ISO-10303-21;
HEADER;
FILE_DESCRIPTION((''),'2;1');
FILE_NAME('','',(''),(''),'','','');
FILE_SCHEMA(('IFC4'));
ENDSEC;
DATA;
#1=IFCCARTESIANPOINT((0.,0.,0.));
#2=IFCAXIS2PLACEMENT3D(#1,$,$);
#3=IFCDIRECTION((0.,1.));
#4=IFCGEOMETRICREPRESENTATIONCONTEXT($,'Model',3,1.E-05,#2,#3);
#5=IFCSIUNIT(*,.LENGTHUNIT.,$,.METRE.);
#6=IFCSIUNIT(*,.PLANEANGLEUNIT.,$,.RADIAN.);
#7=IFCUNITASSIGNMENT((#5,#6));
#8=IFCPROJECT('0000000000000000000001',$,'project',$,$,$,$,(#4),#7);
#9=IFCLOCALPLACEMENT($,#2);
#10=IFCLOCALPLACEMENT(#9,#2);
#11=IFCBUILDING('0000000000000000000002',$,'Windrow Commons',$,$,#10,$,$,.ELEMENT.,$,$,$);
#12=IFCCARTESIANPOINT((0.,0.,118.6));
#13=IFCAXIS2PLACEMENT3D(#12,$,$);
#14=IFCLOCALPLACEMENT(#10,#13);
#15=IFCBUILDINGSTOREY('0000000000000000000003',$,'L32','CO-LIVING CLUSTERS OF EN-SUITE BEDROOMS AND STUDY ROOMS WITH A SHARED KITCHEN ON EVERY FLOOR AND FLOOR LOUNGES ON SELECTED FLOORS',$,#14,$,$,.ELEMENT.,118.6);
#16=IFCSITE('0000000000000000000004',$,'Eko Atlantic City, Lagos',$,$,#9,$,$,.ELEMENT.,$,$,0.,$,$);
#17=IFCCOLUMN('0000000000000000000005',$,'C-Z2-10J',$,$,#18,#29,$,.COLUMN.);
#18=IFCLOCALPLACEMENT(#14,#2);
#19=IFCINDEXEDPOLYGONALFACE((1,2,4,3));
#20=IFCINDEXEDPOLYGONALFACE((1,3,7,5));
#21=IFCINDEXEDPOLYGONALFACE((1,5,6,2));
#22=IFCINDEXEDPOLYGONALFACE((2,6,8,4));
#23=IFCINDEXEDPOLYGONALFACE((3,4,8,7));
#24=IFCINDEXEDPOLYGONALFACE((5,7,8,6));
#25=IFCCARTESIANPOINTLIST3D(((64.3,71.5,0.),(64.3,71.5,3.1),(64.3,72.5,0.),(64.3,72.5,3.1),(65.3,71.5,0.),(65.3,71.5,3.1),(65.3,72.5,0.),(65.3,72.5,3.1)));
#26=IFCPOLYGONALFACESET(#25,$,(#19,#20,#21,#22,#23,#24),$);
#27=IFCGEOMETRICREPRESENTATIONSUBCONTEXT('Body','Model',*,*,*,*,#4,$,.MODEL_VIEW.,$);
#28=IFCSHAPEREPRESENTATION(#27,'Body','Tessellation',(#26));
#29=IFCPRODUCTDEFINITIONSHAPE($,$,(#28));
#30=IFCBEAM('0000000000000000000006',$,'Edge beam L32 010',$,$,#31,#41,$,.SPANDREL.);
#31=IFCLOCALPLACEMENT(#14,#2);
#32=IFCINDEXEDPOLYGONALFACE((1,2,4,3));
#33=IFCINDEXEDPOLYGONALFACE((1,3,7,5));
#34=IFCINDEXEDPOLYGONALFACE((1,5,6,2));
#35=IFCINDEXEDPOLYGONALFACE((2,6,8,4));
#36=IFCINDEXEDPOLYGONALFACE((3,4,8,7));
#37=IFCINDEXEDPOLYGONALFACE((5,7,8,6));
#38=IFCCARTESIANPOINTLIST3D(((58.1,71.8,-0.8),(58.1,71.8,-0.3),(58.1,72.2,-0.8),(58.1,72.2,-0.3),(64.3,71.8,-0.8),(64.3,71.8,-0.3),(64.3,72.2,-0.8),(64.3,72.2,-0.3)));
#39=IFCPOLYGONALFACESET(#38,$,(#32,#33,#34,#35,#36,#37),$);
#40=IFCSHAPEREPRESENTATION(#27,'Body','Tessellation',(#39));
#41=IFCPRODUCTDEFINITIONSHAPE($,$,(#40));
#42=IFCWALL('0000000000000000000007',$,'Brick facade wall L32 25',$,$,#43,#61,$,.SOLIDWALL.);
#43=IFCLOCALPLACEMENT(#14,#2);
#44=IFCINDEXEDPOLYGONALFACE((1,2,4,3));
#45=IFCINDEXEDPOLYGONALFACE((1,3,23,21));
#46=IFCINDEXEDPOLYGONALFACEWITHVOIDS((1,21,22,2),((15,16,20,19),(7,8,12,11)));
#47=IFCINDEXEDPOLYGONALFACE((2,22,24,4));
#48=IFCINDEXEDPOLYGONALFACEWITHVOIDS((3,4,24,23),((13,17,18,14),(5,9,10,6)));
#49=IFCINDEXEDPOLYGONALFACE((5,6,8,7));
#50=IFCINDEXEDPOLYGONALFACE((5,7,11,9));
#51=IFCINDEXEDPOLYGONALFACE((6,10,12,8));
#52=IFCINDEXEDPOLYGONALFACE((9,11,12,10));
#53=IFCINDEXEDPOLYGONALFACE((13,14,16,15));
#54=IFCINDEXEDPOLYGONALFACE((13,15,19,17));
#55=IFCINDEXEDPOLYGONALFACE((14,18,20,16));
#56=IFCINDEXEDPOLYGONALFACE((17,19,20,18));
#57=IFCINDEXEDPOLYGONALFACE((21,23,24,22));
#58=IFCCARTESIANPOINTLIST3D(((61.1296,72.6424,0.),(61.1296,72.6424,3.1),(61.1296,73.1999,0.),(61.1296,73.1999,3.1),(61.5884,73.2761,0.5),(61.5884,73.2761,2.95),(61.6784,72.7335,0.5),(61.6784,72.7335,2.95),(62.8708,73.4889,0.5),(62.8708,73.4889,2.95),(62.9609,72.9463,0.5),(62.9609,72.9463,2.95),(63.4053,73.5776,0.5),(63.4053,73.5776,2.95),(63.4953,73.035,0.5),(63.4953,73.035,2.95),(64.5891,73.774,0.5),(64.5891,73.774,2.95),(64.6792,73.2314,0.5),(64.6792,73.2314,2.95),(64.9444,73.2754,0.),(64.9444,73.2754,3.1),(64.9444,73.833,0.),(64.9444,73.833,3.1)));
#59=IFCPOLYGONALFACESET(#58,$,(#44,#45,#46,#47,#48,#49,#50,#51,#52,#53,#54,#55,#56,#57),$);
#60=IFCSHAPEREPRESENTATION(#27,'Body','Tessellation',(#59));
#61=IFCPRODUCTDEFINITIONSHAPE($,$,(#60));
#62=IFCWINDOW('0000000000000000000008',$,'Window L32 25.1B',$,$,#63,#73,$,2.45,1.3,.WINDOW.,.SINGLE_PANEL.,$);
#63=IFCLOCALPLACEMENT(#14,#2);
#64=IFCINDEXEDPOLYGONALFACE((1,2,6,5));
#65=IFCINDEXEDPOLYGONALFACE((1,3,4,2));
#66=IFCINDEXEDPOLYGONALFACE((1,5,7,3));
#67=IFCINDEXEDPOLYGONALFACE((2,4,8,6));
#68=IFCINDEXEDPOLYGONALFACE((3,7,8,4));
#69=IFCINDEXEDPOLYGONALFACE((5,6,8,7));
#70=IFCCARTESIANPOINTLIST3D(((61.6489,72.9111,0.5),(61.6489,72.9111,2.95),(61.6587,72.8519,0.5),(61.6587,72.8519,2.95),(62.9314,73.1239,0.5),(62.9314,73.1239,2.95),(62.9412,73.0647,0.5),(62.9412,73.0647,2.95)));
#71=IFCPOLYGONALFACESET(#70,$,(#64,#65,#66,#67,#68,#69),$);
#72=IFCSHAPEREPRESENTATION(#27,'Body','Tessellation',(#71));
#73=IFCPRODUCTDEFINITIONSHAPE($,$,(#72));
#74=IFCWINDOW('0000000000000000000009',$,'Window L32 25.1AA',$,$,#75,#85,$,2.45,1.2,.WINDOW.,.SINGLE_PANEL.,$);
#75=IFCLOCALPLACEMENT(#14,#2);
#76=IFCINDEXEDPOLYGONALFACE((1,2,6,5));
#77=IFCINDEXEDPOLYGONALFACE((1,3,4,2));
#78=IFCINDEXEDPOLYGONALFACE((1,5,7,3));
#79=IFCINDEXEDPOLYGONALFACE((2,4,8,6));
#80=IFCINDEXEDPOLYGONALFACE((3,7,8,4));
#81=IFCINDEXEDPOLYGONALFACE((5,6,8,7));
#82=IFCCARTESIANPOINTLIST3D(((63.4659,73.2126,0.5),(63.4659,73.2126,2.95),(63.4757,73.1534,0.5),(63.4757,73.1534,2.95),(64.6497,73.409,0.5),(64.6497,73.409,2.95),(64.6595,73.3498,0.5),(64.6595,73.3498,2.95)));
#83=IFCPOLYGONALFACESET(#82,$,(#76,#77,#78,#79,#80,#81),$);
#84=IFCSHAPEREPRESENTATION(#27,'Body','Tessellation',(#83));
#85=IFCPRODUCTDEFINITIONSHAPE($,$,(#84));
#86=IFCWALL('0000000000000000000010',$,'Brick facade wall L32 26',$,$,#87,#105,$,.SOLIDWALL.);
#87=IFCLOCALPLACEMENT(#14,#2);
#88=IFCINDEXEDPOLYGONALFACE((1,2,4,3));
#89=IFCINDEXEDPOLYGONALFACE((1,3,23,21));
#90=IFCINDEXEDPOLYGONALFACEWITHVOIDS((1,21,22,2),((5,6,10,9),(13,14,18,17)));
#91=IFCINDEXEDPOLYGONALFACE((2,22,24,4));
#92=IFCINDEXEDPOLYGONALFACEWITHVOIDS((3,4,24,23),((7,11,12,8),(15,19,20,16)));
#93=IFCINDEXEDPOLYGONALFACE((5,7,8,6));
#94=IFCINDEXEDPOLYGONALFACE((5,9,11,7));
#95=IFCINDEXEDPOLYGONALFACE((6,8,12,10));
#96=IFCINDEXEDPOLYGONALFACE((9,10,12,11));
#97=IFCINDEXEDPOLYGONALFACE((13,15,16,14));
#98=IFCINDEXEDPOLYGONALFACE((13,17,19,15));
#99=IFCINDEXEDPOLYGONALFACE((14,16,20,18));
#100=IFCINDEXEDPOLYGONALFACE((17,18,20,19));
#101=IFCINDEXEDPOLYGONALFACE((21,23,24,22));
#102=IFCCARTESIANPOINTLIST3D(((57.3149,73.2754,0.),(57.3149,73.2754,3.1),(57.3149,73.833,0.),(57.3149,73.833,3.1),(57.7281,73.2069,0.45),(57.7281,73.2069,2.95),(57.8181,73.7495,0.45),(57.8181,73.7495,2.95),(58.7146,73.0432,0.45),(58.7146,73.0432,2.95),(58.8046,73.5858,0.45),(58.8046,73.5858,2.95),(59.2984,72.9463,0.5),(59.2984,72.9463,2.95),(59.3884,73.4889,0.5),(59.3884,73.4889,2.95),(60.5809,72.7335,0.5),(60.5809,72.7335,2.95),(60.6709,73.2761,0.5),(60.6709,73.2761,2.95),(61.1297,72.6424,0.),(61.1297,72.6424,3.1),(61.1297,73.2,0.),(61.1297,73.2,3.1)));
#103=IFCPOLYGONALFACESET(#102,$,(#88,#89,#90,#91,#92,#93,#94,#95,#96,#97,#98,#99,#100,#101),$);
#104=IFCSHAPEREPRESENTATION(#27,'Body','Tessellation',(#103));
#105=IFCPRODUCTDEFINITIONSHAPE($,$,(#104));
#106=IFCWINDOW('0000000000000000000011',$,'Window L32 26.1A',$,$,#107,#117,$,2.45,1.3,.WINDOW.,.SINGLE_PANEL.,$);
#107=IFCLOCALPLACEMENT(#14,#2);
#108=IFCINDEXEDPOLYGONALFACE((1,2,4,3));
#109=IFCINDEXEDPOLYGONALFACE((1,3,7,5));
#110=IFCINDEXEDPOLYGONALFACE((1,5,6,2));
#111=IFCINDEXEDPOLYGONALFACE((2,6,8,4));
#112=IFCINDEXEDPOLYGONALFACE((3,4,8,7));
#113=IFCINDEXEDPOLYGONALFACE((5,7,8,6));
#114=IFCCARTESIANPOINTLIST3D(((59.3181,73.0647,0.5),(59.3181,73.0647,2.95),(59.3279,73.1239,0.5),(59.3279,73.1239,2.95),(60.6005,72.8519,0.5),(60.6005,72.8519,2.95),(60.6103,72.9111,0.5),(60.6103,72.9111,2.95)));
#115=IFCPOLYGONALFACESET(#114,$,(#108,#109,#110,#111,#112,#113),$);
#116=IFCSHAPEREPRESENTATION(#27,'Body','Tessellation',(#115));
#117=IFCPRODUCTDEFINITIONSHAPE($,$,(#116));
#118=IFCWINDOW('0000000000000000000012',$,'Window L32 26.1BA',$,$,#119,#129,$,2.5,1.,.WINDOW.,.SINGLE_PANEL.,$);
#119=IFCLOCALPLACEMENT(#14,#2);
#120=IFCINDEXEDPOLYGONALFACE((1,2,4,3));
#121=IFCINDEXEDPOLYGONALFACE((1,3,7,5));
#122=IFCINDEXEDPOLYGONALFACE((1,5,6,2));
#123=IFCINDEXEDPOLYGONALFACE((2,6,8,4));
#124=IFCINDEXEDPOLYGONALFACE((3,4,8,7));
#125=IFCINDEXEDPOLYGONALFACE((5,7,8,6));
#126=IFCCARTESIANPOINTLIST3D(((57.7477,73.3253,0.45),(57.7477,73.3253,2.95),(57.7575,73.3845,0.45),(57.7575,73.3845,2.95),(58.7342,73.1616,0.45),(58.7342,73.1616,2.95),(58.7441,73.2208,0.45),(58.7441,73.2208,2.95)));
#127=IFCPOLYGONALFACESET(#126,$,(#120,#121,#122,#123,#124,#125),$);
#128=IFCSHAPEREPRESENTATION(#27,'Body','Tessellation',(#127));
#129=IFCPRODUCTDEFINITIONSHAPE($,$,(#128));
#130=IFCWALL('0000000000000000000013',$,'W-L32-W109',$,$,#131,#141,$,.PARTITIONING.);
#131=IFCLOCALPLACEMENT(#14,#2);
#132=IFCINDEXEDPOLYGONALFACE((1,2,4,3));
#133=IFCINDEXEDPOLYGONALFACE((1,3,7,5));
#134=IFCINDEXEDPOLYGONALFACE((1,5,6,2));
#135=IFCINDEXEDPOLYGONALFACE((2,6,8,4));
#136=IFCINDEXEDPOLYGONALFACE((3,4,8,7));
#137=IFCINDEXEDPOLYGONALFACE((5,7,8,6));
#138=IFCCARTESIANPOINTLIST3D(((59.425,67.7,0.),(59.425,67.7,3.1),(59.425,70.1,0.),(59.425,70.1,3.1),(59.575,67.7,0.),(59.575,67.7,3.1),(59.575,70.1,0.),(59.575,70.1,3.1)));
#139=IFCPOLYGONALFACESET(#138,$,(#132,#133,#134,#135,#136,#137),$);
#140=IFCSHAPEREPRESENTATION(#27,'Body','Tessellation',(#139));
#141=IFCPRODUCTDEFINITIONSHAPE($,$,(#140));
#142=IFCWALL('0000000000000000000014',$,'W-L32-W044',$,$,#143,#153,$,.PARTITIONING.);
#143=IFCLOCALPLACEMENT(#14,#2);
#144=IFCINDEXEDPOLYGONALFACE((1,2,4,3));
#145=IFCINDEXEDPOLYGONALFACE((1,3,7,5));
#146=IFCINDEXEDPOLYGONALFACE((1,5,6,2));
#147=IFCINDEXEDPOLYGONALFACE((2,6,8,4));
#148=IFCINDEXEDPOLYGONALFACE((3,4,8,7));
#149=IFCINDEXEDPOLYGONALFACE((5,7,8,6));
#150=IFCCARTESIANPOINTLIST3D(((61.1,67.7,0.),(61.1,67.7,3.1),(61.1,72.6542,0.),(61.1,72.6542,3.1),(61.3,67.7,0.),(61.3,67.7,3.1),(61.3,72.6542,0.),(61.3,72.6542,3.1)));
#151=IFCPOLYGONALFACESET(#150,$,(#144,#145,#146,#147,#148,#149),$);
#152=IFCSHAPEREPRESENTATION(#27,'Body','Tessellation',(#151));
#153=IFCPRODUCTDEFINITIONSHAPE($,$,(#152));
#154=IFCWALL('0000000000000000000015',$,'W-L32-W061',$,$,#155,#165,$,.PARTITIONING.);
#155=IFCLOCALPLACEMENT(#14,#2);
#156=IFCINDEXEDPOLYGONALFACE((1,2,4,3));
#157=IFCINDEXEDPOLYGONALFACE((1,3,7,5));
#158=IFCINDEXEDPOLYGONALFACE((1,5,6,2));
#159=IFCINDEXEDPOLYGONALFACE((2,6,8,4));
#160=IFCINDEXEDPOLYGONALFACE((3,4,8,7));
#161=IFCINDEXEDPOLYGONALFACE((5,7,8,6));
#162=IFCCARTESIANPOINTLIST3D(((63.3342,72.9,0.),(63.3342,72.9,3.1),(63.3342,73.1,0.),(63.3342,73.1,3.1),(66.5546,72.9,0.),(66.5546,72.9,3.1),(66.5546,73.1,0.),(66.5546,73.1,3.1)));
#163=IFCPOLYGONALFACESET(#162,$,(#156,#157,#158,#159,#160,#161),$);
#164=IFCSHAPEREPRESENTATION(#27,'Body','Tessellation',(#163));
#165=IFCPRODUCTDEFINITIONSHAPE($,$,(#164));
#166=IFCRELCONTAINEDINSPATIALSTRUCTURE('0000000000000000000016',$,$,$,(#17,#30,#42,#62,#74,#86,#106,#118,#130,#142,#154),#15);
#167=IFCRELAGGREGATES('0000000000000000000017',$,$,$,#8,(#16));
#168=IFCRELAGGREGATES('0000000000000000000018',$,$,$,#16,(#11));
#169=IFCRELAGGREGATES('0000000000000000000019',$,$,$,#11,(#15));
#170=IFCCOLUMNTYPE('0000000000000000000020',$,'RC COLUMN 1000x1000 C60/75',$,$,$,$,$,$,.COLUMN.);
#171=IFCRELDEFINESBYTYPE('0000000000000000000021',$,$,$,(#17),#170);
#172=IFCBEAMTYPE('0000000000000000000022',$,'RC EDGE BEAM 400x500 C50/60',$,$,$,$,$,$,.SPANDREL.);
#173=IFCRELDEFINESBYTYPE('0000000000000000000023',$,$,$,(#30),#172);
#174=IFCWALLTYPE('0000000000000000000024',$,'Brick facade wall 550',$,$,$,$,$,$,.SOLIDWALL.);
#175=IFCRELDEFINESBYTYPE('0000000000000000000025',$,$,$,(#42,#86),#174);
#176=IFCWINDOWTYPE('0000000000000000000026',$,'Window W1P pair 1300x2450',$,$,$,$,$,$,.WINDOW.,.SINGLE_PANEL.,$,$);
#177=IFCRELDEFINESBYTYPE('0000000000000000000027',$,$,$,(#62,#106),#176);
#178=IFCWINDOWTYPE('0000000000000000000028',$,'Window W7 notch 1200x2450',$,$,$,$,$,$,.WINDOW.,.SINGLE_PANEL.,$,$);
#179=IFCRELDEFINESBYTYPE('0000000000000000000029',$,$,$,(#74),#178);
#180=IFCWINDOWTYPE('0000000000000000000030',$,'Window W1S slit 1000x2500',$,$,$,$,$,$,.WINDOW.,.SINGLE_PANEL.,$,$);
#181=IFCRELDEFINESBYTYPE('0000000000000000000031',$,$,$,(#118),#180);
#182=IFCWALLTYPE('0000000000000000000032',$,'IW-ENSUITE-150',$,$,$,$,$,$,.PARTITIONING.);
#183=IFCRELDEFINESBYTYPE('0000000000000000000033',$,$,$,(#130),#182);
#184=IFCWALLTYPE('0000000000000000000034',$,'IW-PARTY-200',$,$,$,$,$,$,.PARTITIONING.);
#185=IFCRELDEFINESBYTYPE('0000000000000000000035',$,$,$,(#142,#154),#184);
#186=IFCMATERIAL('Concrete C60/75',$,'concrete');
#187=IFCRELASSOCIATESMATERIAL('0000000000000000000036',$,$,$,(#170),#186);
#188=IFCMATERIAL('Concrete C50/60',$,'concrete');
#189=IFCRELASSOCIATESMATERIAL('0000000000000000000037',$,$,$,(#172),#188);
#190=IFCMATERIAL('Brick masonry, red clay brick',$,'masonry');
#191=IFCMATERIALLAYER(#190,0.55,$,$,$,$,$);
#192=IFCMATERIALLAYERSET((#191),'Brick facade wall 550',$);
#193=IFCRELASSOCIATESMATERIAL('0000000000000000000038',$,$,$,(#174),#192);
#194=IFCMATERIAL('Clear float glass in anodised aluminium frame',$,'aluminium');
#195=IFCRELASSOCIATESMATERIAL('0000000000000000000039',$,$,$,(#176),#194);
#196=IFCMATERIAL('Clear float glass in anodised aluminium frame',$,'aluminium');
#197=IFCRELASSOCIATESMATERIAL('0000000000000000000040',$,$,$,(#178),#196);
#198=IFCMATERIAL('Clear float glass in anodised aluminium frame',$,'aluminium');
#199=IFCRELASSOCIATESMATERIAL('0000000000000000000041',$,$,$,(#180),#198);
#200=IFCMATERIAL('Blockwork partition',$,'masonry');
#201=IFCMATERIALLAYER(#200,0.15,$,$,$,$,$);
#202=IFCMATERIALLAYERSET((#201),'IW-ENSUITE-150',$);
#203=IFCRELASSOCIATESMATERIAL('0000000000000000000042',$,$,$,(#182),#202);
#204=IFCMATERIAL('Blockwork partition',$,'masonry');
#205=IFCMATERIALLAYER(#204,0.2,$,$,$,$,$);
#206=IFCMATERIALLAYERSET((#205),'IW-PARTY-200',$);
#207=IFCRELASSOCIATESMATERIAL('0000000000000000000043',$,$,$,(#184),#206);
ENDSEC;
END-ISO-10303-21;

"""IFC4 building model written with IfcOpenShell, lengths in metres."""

from ifc_helpers import new_model, si_unit, direction, frame, frame_2d, origin, origin_2d, place, context, subcontext, project, spatial, polyline, rectangle, outline, extrude, material, layer, layer_set, material_profile, profile_set, type_object, element, fill, save


model = new_model("IFC4")

# Units and contexts
model_context = context("Model", 3, precision=1e-05, world=origin(), true_north=direction((0.0, 1.0)))
body_context = subcontext(model_context, "Body", "Model", "MODEL_VIEW")
ifc_project = project(units=[si_unit("LENGTHUNIT", "METRE"), si_unit("PLANEANGLEUNIT", "RADIAN")], contexts=[model_context])

# Site, building, storey
site_placement = place(None, origin())
site = spatial("IfcSite", under=ifc_project, at=site_placement, Name="Eko Atlantic City, Lagos", CompositionType="ELEMENT", RefElevation=0.0)
building_placement = place(site_placement, origin())
building = spatial("IfcBuilding", under=site, at=building_placement, Name="Windrow Commons", CompositionType="ELEMENT")
storey_placement = place(building_placement, frame((0.0, 0.0, 118.6)))
storey = spatial("IfcBuildingStorey", under=building, at=storey_placement, Name="L32", Description="CO-LIVING CLUSTERS OF EN-SUITE BEDROOMS AND STUDY ROOMS WITH A SHARED KITCHEN ON EVERY FLOOR AND FLOOR LOUNGES ON SELECTED FLOORS", CompositionType="ELEMENT", Elevation=118.6)

# Column
ifc_material_1 = material(Name="Concrete C60/75", Category="concrete")
ifc_material_profile_1 = material_profile(ifc_material_1, rectangle(XDim=1.0, YDim=1.0, at=origin_2d()))
ifc_profile_set_1 = profile_set([ifc_material_profile_1], Name="Concrete C60/75")
column_type = type_object("IfcColumnType", Name="RC COLUMN 1000x1000 C60/75", PredefinedType="COLUMN", material=ifc_profile_set_1)
column_placement = place(storey_placement, frame((64.8, 72.0, 0.0), z_axis=(0.0, 0.0, 1.0), x_axis=(1.0, 0.0, 0.0)))
element("IfcColumn", 1, at=column_placement, inside=storey, type_object=column_type, Name="C-Z2-10J", PredefinedType="COLUMN", context=body_context, shape_type="SweptSolid", body=[
    extrude(rectangle(XDim=1.0, YDim=1.0, at=origin_2d()), origin(), (0.0, 0.0, 1.0), 3.1),
])

# Beam
ifc_material_2 = material(Name="Concrete C50/60", Category="concrete")
ifc_material_profile_2 = material_profile(ifc_material_2, rectangle(XDim=0.4, YDim=0.5, at=origin_2d()))
ifc_profile_set_2 = profile_set([ifc_material_profile_2], Name="Concrete C50/60")
beam_type = type_object("IfcBeamType", Name="RC EDGE BEAM 400x500 C50/60", PredefinedType="SPANDREL", material=ifc_profile_set_2)
beam_placement = place(storey_placement, frame((58.1, 72.0, -0.55), z_axis=(1.0, 0.0, 0.0), x_axis=(0.0, 1.0, 0.0)))
element("IfcBeam", 2, at=beam_placement, inside=storey, type_object=beam_type, Name="Edge beam L32 010", PredefinedType="SPANDREL", context=body_context, shape_type="SweptSolid", body=[
    extrude(rectangle(XDim=0.4, YDim=0.5, at=origin_2d()), origin(), (0.0, 0.0, 1.0), 6.2),
])

# Walls, openings, windows
ifc_material_3 = material(Name="Brick masonry, red clay brick", Category="masonry")
ifc_layer_1 = layer(ifc_material_3, 0.55)
ifc_layer_set_1 = layer_set([ifc_layer_1], Name="Brick facade wall 550")
wall_type_1 = type_object("IfcWallType", Name="Brick facade wall 550", PredefinedType="SOLIDWALL", material=ifc_layer_set_1)
wall_1_placement = place(storey_placement, frame((64.9444, 73.5542, 0.0), z_axis=(0.0, 0.0, 1.0), x_axis=(-0.98651, -0.163699, 0.0)))
wall_1 = element("IfcWall", 3, at=wall_1_placement, inside=storey, type_object=wall_type_1, Name="Brick facade wall L32 25", PredefinedType="SOLIDWALL", context=body_context, shape_type="SweptSolid", body=[
    extrude(outline(polyline([(-0.0456, -0.275), (3.8213, -0.275), (3.9126, 0.275), (0.0456, 0.275), (-0.0456, -0.275)])), origin(), (0.0, 0.0, 1.0), 3.1),
])
opening_1_placement = place(wall_1_placement, frame((2.0563, 0.0, 0.5)))
opening_1 = element("IfcOpeningElement", 4, at=opening_1_placement, cuts=wall_1, PredefinedType="OPENING", context=body_context, shape_type="SweptSolid", body=[
    extrude(rectangle(XDim=1.3, YDim=2.45, at=frame_2d((0.65, 1.225))), frame((0.0, 0.285, 0.0), z_axis=(0.0, -1.0, 0.0), x_axis=(1.0, 0.0, 0.0)), (0.0, 0.0, 1.0), 0.57),
])
opening_2_placement = place(wall_1_placement, frame((0.3145, 0.0, 0.5)))
opening_2 = element("IfcOpeningElement", 5, at=opening_2_placement, cuts=wall_1, PredefinedType="OPENING", context=body_context, shape_type="SweptSolid", body=[
    extrude(rectangle(XDim=1.2, YDim=2.45, at=frame_2d((0.6, 1.225))), frame((0.0, 0.285, 0.0), z_axis=(0.0, -1.0, 0.0), x_axis=(1.0, 0.0, 0.0)), (0.0, 0.0, 1.0), 0.57),
])
ifc_material_4 = material(Name="Clear float glass in anodised aluminium frame", Category="aluminium")
window_type_1 = type_object("IfcWindowType", Name="Window W1P pair 1300x2450", PartitioningType="SINGLE_PANEL", PredefinedType="WINDOW", material=ifc_material_4)
window_1_placement = place(opening_1_placement, origin())
window_1 = element("IfcWindow", 6, at=window_1_placement, inside=storey, type_object=window_type_1, Name="Window L32 25.1B", OverallHeight=2.45, OverallWidth=1.3, PartitioningType="SINGLE_PANEL", PredefinedType="WINDOW", context=body_context, shape_type="SweptSolid", body=[
    extrude(rectangle(XDim=1.3, YDim=2.45, at=frame_2d((0.65, 1.225))), frame((0.0, 0.155, 0.0), z_axis=(0.0, -1.0, 0.0), x_axis=(1.0, 0.0, 0.0)), (0.0, 0.0, 1.0), 0.06),
])
fill(opening_1, window_1)
ifc_material_5 = material(Name="Clear float glass in anodised aluminium frame", Category="aluminium")
window_type_2 = type_object("IfcWindowType", Name="Window W7 notch 1200x2450", PartitioningType="SINGLE_PANEL", PredefinedType="WINDOW", material=ifc_material_5)
window_2_placement = place(opening_2_placement, origin())
window_2 = element("IfcWindow", 7, at=window_2_placement, inside=storey, type_object=window_type_2, Name="Window L32 25.1AA", OverallHeight=2.45, OverallWidth=1.2, PartitioningType="SINGLE_PANEL", PredefinedType="WINDOW", context=body_context, shape_type="SweptSolid", body=[
    extrude(rectangle(XDim=1.2, YDim=2.45, at=frame_2d((0.6, 1.225))), frame((0.0, 0.155, 0.0), z_axis=(0.0, -1.0, 0.0), x_axis=(1.0, 0.0, 0.0)), (0.0, 0.0, 1.0), 0.06),
])
fill(opening_2, window_2)
wall_2_placement = place(storey_placement, frame((61.1297, 72.9212, 0.0), z_axis=(0.0, 0.0, 1.0), x_axis=(-0.986511, 0.163694, 0.0)))
wall_2 = element("IfcWall", 8, at=wall_2_placement, inside=storey, type_object=wall_type_1, Name="Brick facade wall L32 26", PredefinedType="SOLIDWALL", context=body_context, shape_type="SweptSolid", body=[
    extrude(outline(polyline([(0.0456, -0.275), (3.9126, -0.275), (3.8213, 0.275), (-0.0456, 0.275), (0.0456, -0.275)])), origin(), (0.0, 0.0, 1.0), 3.1),
])
opening_3_placement = place(wall_2_placement, frame((0.5107, 0.0, 0.5)))
opening_3 = element("IfcOpeningElement", 9, at=opening_3_placement, cuts=wall_2, PredefinedType="OPENING", context=body_context, shape_type="SweptSolid", body=[
    extrude(rectangle(XDim=1.3, YDim=2.45, at=frame_2d((0.65, 1.225))), frame((0.0, 0.285, 0.0), z_axis=(0.0, -1.0, 0.0), x_axis=(1.0, 0.0, 0.0)), (0.0, 0.0, 1.0), 0.57),
])
opening_4_placement = place(wall_2_placement, frame((2.4025, 0.0, 0.45)))
opening_4 = element("IfcOpeningElement", 10, at=opening_4_placement, cuts=wall_2, PredefinedType="OPENING", context=body_context, shape_type="SweptSolid", body=[
    extrude(rectangle(XDim=1.0, YDim=2.5, at=frame_2d((0.5, 1.25))), frame((0.0, 0.285, 0.0), z_axis=(0.0, -1.0, 0.0), x_axis=(1.0, 0.0, 0.0)), (0.0, 0.0, 1.0), 0.57),
])
window_3_placement = place(opening_3_placement, origin())
window_3 = element("IfcWindow", 11, at=window_3_placement, inside=storey, type_object=window_type_1, Name="Window L32 26.1A", OverallHeight=2.45, OverallWidth=1.3, PartitioningType="SINGLE_PANEL", PredefinedType="WINDOW", context=body_context, shape_type="SweptSolid", body=[
    extrude(rectangle(XDim=1.3, YDim=2.45, at=frame_2d((0.65, 1.225))), frame((0.0, 0.155, 0.0), z_axis=(0.0, -1.0, 0.0), x_axis=(1.0, 0.0, 0.0)), (0.0, 0.0, 1.0), 0.06),
])
fill(opening_3, window_3)
ifc_material_6 = material(Name="Clear float glass in anodised aluminium frame", Category="aluminium")
window_type_3 = type_object("IfcWindowType", Name="Window W1S slit 1000x2500", PartitioningType="SINGLE_PANEL", PredefinedType="WINDOW", material=ifc_material_6)
window_4_placement = place(opening_4_placement, origin())
window_4 = element("IfcWindow", 12, at=window_4_placement, inside=storey, type_object=window_type_3, Name="Window L32 26.1BA", OverallHeight=2.5, OverallWidth=1.0, PartitioningType="SINGLE_PANEL", PredefinedType="WINDOW", context=body_context, shape_type="SweptSolid", body=[
    extrude(rectangle(XDim=1.0, YDim=2.5, at=frame_2d((0.5, 1.25))), frame((0.0, 0.155, 0.0), z_axis=(0.0, -1.0, 0.0), x_axis=(1.0, 0.0, 0.0)), (0.0, 0.0, 1.0), 0.06),
])
fill(opening_4, window_4)

# Walls
ifc_material_7 = material(Name="Blockwork partition", Category="masonry")
ifc_layer_2 = layer(ifc_material_7, 0.15)
ifc_layer_set_2 = layer_set([ifc_layer_2], Name="IW-ENSUITE-150")
wall_type_2 = type_object("IfcWallType", Name="IW-ENSUITE-150", PredefinedType="PARTITIONING", material=ifc_layer_set_2)
wall_3_placement = place(storey_placement, frame((59.5, 67.7, 0.0), z_axis=(0.0, 0.0, 1.0), x_axis=(0.0, 1.0, 0.0)))
element("IfcWall", 13, at=wall_3_placement, inside=storey, type_object=wall_type_2, Name="W-L32-W109", PredefinedType="PARTITIONING", context=body_context, shape_type="SweptSolid", body=[
    extrude(rectangle(XDim=2.4, YDim=0.15, at=frame_2d((1.2, 0.0))), origin(), (0.0, 0.0, 1.0), 3.1),
])
ifc_material_8 = material(Name="Blockwork partition", Category="masonry")
ifc_layer_3 = layer(ifc_material_8, 0.2)
ifc_layer_set_3 = layer_set([ifc_layer_3], Name="IW-PARTY-200")
wall_type_3 = type_object("IfcWallType", Name="IW-PARTY-200", PredefinedType="PARTITIONING", material=ifc_layer_set_3)
wall_4_placement = place(storey_placement, frame((61.2, 67.7, 0.0), z_axis=(0.0, 0.0, 1.0), x_axis=(0.0, 1.0, 0.0)))
element("IfcWall", 14, at=wall_4_placement, inside=storey, type_object=wall_type_3, Name="W-L32-W044", PredefinedType="PARTITIONING", context=body_context, shape_type="SweptSolid", body=[
    extrude(rectangle(XDim=4.9542, YDim=0.2, at=frame_2d((2.4771, 0.0))), origin(), (0.0, 0.0, 1.0), 3.1),
])
wall_5_placement = place(storey_placement, frame((63.3343, 73.0, 0.0), z_axis=(0.0, 0.0, 1.0), x_axis=(1.0, 0.0, 0.0)))
element("IfcWall", 15, at=wall_5_placement, inside=storey, type_object=wall_type_3, Name="W-L32-W061", PredefinedType="PARTITIONING", context=body_context, shape_type="SweptSolid", body=[
    extrude(rectangle(XDim=3.2203, YDim=0.2, at=frame_2d((1.6101, 0.0))), origin(), (0.0, 0.0, 1.0), 3.1),
])

save(model, "model.ifc")
